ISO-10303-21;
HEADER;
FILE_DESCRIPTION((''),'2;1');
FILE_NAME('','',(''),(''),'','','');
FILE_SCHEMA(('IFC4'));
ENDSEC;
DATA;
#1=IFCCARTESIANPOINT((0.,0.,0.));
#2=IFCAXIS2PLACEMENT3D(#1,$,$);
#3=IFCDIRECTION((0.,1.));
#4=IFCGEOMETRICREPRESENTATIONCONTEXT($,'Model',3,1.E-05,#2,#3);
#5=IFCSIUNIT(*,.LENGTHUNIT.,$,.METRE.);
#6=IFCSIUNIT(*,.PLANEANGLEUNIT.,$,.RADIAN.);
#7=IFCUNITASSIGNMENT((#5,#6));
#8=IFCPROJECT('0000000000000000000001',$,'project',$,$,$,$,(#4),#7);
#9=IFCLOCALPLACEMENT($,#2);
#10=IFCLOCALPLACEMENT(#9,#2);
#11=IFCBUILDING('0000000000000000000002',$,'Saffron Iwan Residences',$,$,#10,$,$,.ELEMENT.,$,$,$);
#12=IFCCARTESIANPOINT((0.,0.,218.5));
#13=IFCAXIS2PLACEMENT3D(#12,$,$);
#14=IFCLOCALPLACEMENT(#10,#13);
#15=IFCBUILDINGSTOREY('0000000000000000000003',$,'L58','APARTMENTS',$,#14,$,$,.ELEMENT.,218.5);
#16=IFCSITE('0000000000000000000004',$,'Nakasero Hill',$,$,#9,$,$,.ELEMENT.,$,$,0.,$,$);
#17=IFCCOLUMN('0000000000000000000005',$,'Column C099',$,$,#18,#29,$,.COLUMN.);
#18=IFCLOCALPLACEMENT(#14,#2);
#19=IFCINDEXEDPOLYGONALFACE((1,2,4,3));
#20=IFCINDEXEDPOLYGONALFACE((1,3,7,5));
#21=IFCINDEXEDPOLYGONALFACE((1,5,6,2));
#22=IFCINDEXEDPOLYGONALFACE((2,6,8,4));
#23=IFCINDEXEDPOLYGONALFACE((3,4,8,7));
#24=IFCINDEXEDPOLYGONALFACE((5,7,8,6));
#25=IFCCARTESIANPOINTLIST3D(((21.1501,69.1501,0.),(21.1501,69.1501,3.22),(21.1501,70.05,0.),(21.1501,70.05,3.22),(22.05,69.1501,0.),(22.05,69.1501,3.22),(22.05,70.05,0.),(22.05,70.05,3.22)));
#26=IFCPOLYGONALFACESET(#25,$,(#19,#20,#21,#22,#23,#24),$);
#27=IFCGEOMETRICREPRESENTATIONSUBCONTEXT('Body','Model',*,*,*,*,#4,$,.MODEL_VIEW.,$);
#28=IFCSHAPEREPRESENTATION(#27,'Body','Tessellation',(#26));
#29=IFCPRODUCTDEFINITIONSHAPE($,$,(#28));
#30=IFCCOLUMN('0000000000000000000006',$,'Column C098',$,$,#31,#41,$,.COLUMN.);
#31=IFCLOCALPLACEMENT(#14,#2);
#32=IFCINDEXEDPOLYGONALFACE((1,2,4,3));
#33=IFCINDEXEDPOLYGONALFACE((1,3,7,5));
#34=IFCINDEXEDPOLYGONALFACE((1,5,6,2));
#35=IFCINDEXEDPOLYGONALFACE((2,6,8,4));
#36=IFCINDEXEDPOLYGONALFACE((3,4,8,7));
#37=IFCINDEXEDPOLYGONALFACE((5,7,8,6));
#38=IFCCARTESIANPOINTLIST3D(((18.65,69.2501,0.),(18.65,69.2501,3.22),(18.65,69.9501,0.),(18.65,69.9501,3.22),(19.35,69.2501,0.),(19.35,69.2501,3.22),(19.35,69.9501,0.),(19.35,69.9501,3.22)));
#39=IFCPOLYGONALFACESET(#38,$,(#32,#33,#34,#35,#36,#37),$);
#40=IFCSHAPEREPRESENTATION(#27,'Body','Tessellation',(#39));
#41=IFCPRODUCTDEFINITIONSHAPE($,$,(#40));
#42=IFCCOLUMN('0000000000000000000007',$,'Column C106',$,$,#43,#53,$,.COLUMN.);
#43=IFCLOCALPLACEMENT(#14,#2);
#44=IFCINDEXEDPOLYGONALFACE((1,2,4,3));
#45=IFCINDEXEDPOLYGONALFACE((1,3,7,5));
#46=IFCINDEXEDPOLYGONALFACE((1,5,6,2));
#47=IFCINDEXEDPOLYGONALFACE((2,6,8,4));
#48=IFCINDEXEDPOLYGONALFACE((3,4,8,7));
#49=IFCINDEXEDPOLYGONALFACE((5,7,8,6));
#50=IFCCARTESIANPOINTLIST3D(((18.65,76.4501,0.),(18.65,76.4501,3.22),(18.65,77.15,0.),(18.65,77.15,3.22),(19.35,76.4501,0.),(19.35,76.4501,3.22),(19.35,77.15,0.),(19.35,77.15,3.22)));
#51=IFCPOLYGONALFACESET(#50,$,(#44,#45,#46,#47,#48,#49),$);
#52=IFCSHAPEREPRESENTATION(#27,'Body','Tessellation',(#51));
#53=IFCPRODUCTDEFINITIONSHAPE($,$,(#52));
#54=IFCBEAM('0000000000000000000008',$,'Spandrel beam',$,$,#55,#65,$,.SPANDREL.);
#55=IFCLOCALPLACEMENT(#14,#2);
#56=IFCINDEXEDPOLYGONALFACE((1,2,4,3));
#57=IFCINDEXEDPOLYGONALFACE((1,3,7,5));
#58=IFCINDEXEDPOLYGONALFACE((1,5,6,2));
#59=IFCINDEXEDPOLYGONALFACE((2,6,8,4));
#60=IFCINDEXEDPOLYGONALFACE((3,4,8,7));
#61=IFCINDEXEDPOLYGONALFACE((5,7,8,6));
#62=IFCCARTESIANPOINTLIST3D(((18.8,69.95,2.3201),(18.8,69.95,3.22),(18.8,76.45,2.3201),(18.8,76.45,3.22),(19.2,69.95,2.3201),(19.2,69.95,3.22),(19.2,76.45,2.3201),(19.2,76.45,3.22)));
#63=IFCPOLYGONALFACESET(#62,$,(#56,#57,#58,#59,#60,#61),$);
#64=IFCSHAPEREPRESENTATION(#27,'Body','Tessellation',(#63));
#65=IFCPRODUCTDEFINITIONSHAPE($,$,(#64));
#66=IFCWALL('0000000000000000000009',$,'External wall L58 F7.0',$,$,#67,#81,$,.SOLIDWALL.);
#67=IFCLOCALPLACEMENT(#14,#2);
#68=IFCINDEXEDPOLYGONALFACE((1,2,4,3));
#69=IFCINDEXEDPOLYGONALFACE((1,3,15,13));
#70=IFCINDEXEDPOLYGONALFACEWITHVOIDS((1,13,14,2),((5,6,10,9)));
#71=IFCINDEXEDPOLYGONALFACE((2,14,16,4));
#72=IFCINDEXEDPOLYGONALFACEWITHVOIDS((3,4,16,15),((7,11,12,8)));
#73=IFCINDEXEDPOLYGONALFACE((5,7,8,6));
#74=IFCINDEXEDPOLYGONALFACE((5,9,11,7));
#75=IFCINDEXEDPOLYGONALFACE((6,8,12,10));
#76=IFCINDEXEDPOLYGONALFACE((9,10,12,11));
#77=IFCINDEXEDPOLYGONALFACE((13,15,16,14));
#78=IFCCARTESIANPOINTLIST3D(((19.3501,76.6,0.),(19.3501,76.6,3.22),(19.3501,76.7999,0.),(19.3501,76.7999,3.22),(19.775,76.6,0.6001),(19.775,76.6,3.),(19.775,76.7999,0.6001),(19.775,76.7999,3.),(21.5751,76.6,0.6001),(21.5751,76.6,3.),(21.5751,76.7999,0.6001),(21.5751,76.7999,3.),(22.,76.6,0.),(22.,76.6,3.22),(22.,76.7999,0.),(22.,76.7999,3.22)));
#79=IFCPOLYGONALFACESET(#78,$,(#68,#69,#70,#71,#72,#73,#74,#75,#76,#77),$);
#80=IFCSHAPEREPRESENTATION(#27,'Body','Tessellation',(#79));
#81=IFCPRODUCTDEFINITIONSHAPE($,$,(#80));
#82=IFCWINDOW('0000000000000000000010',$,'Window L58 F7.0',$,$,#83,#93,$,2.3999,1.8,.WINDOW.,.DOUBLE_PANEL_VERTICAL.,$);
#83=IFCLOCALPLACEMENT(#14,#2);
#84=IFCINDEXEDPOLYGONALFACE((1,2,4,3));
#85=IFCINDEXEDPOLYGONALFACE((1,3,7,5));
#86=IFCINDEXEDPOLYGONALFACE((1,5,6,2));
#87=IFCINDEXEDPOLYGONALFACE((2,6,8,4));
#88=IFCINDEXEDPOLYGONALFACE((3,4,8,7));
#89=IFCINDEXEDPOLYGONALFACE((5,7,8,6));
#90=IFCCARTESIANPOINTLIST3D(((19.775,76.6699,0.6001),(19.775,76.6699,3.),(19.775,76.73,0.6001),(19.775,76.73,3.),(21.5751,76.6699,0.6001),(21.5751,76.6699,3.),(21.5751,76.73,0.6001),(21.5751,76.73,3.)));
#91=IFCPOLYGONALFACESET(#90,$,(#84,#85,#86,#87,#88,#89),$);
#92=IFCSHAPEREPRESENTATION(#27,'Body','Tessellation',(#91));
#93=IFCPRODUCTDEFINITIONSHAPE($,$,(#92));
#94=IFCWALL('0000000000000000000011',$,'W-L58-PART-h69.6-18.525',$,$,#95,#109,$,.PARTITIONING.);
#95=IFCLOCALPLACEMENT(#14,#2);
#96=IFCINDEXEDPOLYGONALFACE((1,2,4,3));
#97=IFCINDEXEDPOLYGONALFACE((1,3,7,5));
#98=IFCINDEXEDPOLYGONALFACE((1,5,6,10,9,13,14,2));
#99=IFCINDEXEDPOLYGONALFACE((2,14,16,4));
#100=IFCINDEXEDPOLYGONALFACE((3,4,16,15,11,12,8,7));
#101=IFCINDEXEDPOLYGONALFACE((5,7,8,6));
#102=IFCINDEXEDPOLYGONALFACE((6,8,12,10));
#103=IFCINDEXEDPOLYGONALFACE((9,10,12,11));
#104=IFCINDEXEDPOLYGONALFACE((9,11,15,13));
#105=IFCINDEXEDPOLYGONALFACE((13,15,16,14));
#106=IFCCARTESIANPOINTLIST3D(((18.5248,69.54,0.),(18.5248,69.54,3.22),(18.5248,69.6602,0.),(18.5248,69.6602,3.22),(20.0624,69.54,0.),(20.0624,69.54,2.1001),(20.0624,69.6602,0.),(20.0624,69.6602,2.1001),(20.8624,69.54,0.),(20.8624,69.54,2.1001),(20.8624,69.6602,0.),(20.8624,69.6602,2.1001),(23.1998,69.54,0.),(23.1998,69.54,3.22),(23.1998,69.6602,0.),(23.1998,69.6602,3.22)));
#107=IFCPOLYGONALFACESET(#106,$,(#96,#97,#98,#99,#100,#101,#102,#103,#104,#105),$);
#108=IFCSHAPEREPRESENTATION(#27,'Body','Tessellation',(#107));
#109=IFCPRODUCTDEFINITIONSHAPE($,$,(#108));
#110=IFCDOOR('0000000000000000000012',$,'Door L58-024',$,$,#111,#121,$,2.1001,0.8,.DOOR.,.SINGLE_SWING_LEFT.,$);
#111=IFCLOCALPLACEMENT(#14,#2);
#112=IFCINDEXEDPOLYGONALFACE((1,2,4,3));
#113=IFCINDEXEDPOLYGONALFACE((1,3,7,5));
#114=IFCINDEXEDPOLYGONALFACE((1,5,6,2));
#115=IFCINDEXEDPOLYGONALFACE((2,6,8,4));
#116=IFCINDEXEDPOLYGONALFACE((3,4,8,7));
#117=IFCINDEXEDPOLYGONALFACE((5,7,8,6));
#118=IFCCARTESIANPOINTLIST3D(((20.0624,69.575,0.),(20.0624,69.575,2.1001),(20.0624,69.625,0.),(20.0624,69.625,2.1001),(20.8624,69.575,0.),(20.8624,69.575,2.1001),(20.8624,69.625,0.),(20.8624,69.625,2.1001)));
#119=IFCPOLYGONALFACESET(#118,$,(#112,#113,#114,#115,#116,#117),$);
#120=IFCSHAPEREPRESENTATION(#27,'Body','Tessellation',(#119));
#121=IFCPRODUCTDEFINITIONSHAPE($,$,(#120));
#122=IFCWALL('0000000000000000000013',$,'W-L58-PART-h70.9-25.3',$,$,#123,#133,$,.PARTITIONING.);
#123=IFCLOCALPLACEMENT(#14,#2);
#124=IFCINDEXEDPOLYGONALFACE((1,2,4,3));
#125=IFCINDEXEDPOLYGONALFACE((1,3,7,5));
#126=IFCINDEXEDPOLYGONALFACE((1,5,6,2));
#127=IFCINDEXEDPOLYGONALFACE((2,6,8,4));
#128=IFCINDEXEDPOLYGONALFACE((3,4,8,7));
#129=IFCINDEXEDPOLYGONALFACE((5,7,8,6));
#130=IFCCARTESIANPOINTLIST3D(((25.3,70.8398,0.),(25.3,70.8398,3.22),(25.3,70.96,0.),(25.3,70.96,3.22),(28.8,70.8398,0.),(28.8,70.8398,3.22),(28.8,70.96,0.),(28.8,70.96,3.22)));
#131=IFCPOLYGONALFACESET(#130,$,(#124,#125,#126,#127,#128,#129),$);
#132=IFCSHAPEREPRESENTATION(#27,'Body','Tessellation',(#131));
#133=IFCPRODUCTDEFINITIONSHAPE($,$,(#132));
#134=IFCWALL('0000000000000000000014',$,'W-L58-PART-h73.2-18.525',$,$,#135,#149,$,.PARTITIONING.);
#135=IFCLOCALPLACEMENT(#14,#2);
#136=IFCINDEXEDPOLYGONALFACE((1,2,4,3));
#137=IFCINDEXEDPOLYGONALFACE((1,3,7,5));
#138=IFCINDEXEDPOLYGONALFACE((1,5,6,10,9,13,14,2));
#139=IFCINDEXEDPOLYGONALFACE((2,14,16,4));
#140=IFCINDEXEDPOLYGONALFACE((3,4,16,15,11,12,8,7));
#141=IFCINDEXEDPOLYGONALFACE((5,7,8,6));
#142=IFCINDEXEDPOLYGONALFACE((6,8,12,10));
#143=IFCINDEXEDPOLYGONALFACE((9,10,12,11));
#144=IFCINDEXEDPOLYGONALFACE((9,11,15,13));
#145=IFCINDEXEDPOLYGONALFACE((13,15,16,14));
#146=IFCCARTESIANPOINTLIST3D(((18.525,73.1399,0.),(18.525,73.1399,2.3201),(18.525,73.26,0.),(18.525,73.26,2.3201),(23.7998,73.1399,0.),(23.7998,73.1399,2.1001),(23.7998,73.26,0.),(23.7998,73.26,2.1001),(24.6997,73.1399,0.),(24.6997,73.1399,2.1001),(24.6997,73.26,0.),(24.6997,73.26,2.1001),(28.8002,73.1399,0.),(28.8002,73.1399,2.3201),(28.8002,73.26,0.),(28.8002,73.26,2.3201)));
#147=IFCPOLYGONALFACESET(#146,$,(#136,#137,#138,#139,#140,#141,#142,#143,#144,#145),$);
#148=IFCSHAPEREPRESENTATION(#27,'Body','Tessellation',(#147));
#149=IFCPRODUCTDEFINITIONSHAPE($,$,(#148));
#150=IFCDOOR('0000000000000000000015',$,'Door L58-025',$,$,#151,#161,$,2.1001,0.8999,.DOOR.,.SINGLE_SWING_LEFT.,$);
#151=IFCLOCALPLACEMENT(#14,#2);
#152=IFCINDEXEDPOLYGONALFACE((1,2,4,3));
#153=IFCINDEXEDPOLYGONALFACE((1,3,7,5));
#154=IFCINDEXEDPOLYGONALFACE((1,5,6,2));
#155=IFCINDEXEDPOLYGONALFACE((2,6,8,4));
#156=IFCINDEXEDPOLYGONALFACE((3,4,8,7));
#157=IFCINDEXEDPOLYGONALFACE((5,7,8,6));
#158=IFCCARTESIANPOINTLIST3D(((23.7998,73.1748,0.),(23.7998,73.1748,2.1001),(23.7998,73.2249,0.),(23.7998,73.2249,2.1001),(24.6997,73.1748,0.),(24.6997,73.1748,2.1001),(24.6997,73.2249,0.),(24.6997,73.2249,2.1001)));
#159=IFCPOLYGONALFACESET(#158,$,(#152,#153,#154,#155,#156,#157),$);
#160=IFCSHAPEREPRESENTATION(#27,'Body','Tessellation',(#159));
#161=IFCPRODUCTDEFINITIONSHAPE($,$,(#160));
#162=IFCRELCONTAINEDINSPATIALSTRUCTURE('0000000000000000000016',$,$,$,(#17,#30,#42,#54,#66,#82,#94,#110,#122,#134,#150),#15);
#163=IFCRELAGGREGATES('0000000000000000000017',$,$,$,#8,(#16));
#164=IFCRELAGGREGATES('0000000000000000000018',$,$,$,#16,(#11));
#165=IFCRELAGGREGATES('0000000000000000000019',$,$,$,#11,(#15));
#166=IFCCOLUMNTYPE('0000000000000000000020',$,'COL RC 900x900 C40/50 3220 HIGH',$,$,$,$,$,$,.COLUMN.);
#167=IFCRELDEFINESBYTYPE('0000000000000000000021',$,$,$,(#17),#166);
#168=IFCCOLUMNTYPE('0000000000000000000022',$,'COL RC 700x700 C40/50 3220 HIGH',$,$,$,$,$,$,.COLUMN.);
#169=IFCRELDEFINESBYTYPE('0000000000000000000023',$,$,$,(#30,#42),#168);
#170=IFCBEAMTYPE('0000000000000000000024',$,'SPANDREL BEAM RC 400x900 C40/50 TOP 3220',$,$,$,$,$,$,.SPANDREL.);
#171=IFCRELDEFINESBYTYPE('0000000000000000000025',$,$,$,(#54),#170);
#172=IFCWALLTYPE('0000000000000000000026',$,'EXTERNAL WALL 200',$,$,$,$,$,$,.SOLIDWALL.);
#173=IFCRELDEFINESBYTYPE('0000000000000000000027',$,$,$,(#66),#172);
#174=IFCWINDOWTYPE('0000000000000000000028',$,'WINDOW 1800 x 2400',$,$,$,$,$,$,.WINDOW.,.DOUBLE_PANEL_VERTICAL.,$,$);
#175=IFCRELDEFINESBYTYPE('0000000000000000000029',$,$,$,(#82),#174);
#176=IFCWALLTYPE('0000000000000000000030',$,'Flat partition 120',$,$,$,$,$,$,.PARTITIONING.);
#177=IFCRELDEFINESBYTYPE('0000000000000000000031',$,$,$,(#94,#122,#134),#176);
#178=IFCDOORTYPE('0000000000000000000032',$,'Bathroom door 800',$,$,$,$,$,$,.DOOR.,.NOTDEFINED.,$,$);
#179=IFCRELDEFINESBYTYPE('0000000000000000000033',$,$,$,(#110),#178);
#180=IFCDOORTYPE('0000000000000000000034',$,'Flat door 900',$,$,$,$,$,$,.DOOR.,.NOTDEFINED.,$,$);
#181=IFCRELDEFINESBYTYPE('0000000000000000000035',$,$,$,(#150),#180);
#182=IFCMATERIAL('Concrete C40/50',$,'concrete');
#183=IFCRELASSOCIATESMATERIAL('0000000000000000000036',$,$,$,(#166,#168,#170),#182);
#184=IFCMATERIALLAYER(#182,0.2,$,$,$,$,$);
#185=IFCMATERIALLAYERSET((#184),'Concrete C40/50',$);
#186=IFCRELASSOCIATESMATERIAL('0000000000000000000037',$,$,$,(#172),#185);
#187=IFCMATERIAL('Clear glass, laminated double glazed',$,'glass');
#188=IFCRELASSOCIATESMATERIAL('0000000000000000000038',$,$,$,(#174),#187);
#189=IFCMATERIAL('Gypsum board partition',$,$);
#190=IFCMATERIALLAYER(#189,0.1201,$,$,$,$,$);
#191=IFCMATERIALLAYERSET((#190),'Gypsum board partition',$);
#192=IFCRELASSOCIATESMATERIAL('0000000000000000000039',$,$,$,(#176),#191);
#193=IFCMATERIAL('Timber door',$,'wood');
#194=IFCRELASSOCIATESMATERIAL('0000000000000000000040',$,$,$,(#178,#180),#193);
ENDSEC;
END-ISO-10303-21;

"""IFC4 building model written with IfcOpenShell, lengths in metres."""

from ifc_helpers import new_model, si_unit, direction, frame, frame_2d, origin, origin_2d, place, context, subcontext, project, spatial, rectangle, extrude, source, transform, mapped, material, layer, layer_set, material_profile, profile_set, type_object, element, fill, save


model = new_model("IFC4")

# Units and contexts
model_context = context("Model", 3, precision=1e-05, world=origin(), true_north=direction((0.0, 1.0)))
body_context = subcontext(model_context, "Body", "Model", "MODEL_VIEW")
ifc_project = project(units=[si_unit("LENGTHUNIT", "METRE"), si_unit("PLANEANGLEUNIT", "RADIAN")], contexts=[model_context])

# Site, building, storey
site_placement = place(None, origin())
site = spatial("IfcSite", under=ifc_project, at=site_placement, Name="Nakasero Hill", CompositionType="ELEMENT", RefElevation=0.0)
building_placement = place(site_placement, origin())
building = spatial("IfcBuilding", under=site, at=building_placement, Name="Saffron Iwan Residences", CompositionType="ELEMENT")
storey_placement = place(building_placement, frame((0.0, 0.0, 218.5)))
storey = spatial("IfcBuildingStorey", under=building, at=storey_placement, Name="L58", Description="APARTMENTS", CompositionType="ELEMENT", Elevation=218.5)

# Columns
ifc_material_1 = material(Name="Concrete C40/50", Category="concrete")
ifc_material_profile_1 = material_profile(ifc_material_1, rectangle(XDim=0.8999, YDim=0.8999, at=origin_2d()), Name="RC 900x900")
ifc_profile_set_1 = profile_set([ifc_material_profile_1], Name="Concrete C40/50")
column_type_1 = type_object("IfcColumnType", Name="COL RC 900x900 C40/50 3220 HIGH", PredefinedType="COLUMN", material=ifc_profile_set_1)
shared_shape_1 = source(origin(), body_context, "Body", "SweptSolid", [
    extrude(rectangle(XDim=0.8999, YDim=0.8999, at=origin_2d()), origin(), (0.0, 0.0, 1.0), 3.22),
])
column_placement = place(storey_placement, frame((21.6001, 69.6001, 0.0), z_axis=(0.0, 0.0, 1.0), x_axis=(1.0, 0.0, 0.0)))
element("IfcColumn", 1, at=column_placement, inside=storey, type_object=column_type_1, Name="Column C099", PredefinedType="COLUMN", context=body_context, shape_type="MappedRepresentation", body=[
    mapped(shared_shape_1, transform((0.0, 0.0, 0.0))),
])
ifc_material_profile_2 = material_profile(ifc_material_1, rectangle(XDim=0.7, YDim=0.7, at=origin_2d()), Name="RC 700x700")
ifc_profile_set_2 = profile_set([ifc_material_profile_2], Name="Concrete C40/50")
column_type_2 = type_object("IfcColumnType", Name="COL RC 700x700 C40/50 3220 HIGH", PredefinedType="COLUMN", material=ifc_profile_set_2)
shared_shape_2 = source(origin(), body_context, "Body", "SweptSolid", [
    extrude(rectangle(XDim=0.7, YDim=0.7, at=origin_2d()), origin(), (0.0, 0.0, 1.0), 3.22),
])
for number, where, z_axis, x_axis, name in (
    (2, (19.0, 69.6001, 0.0), (0.0, 0.0, 1.0), (1.0, 0.0, 0.0), "Column C098"),
    (3, (19.0, 76.8, 0.0), (0.0, 0.0, 1.0), (1.0, 0.0, 0.0), "Column C106"),
):
    element("IfcColumn", number, at=place(storey_placement, frame(where, z_axis=z_axis, x_axis=x_axis)), inside=storey, type_object=column_type_2, Name=name, PredefinedType="COLUMN", context=body_context, shape_type="MappedRepresentation", body=[
        mapped(shared_shape_2, transform((0.0, 0.0, 0.0))),
    ])

# Beam
ifc_material_profile_3 = material_profile(ifc_material_1, rectangle(XDim=0.3999, YDim=0.8999, at=origin_2d()), Name="RC 400x900")
ifc_profile_set_3 = profile_set([ifc_material_profile_3], Name="Concrete C40/50")
beam_type = type_object("IfcBeamType", Name="SPANDREL BEAM RC 400x900 C40/50 TOP 3220", PredefinedType="SPANDREL", material=ifc_profile_set_3)
shared_shape_3 = source(origin(), body_context, "Body", "SweptSolid", [
    extrude(rectangle(XDim=0.3999, YDim=0.8999, at=origin_2d()), origin(), (0.0, 0.0, 1.0), 6.5),
])
beam_placement = place(storey_placement, frame((19.0, 69.95, 2.77), z_axis=(0.0, 1.0, 0.0), x_axis=(-1.0, 0.0, 0.0)))
element("IfcBeam", 4, at=beam_placement, inside=storey, type_object=beam_type, Name="Spandrel beam", PredefinedType="SPANDREL", context=body_context, shape_type="MappedRepresentation", body=[
    mapped(shared_shape_3, transform((0.0, 0.0, 0.0))),
])

# Wall, opening, window
ifc_layer_1 = layer(ifc_material_1, 0.2)
ifc_layer_set_1 = layer_set([ifc_layer_1], Name="Concrete C40/50")
wall_type_1 = type_object("IfcWallType", Name="EXTERNAL WALL 200", PredefinedType="SOLIDWALL", material=ifc_layer_set_1)
wall_1_placement = place(storey_placement, frame((22.0, 76.7, 0.0), z_axis=(0.0, 0.0, 1.0), x_axis=(-1.0, 0.0, 0.0)))
wall_1 = element("IfcWall", 5, at=wall_1_placement, inside=storey, type_object=wall_type_1, Name="External wall L58 F7.0", PredefinedType="SOLIDWALL", context=body_context, shape_type="SweptSolid", body=[
    extrude(rectangle(XDim=2.6499, YDim=0.2, at=frame_2d((1.325, 0.0))), origin(), (0.0, 0.0, 1.0), 3.22),
])
opening_1_placement = place(wall_1_placement, frame((0.425, 0.0, 0.6001)))
opening_1 = element("IfcOpeningElement", 6, at=opening_1_placement, cuts=wall_1, PredefinedType="OPENING", context=body_context, shape_type="SweptSolid", body=[
    extrude(rectangle(XDim=1.8, YDim=2.3999, at=frame_2d((0.8999, 1.2))), frame((0.0, 0.1099, 0.0), z_axis=(0.0, -1.0, 0.0), x_axis=(1.0, 0.0, 0.0)), (0.0, 0.0, 1.0), 0.22),
])
ifc_material_2 = material(Name="Clear glass, laminated double glazed", Category="glass")
window_type_1 = type_object("IfcWindowType", Name="WINDOW 1800 x 2400", PartitioningType="DOUBLE_PANEL_VERTICAL", PredefinedType="WINDOW", material=ifc_material_2)
window_1_placement = place(opening_1_placement, origin())
window_1 = element("IfcWindow", 7, at=window_1_placement, inside=storey, type_object=window_type_1, Name="Window L58 F7.0", OverallHeight=2.3999, OverallWidth=1.8, PartitioningType="DOUBLE_PANEL_VERTICAL", PredefinedType="WINDOW", context=body_context, shape_type="SweptSolid", body=[
    extrude(rectangle(XDim=1.8, YDim=2.3999, at=frame_2d((0.8999, 1.2))), frame((0.0, 0.03, 0.0), z_axis=(0.0, -1.0, 0.0), x_axis=(1.0, 0.0, 0.0)), (0.0, 0.0, 1.0), 0.0601),
])
fill(opening_1, window_1)

# Wall, opening, door
ifc_material_3 = material(Name="Gypsum board partition")
ifc_layer_2 = layer(ifc_material_3, 0.1201)
ifc_layer_set_2 = layer_set([ifc_layer_2], Name="Gypsum board partition")
wall_type_2 = type_object("IfcWallType", Name="Flat partition 120", PredefinedType="PARTITIONING", material=ifc_layer_set_2)
wall_2_placement = place(storey_placement, frame((18.5249, 69.6001, 0.0), z_axis=(0.0, 0.0, 1.0), x_axis=(1.0, 0.0, 0.0)))
wall_2 = element("IfcWall", 8, at=wall_2_placement, inside=storey, type_object=wall_type_2, Name="W-L58-PART-h69.6-18.525", PredefinedType="PARTITIONING", context=body_context, shape_type="SweptSolid", body=[
    extrude(rectangle(XDim=4.675, YDim=0.1201, at=frame_2d((2.3374, 0.0))), origin(), (0.0, 0.0, 1.0), 3.22),
])
opening_2_placement = place(wall_2_placement, frame((1.5376, 0.0, 0.0)))
opening_2 = element("IfcOpeningElement", 9, at=opening_2_placement, cuts=wall_2, PredefinedType="OPENING", context=body_context, shape_type="SweptSolid", body=[
    extrude(rectangle(XDim=0.8, YDim=2.1001, at=frame_2d((0.3999, 1.05))), frame((0.0, 0.0701, 0.0), z_axis=(0.0, -1.0, 0.0), x_axis=(1.0, 0.0, 0.0)), (0.0, 0.0, 1.0), 0.1401),
])
ifc_material_4 = material(Name="Timber door", Category="wood")
door_type_1 = type_object("IfcDoorType", Name="Bathroom door 800", OperationType="NOTDEFINED", PredefinedType="DOOR", material=ifc_material_4)
door_1_placement = place(opening_2_placement, origin())
door_1 = element("IfcDoor", 10, at=door_1_placement, inside=storey, type_object=door_type_1, Name="Door L58-024", OperationType="SINGLE_SWING_LEFT", OverallHeight=2.1001, OverallWidth=0.8, PredefinedType="DOOR", context=body_context, shape_type="SweptSolid", body=[
    extrude(rectangle(XDim=0.8, YDim=2.1001, at=frame_2d((0.3999, 1.05))), frame((0.0, 0.0249, 0.0), z_axis=(0.0, -1.0, 0.0), x_axis=(1.0, 0.0, 0.0)), (0.0, 0.0, 1.0), 0.05),
])
fill(opening_2, door_1)

# Wall
wall_3_placement = place(storey_placement, frame((25.3, 70.8999, 0.0), z_axis=(0.0, 0.0, 1.0), x_axis=(1.0, 0.0, 0.0)))
element("IfcWall", 11, at=wall_3_placement, inside=storey, type_object=wall_type_2, Name="W-L58-PART-h70.9-25.3", PredefinedType="PARTITIONING", context=body_context, shape_type="SweptSolid", body=[
    extrude(rectangle(XDim=3.5, YDim=0.1201, at=frame_2d((1.75, 0.0))), origin(), (0.0, 0.0, 1.0), 3.22),
])

# Wall, opening, door
wall_4_placement = place(storey_placement, frame((18.5249, 73.2, 0.0), z_axis=(0.0, 0.0, 1.0), x_axis=(1.0, 0.0, 0.0)))
wall_4 = element("IfcWall", 12, at=wall_4_placement, inside=storey, type_object=wall_type_2, Name="W-L58-PART-h73.2-18.525", PredefinedType="PARTITIONING", context=body_context, shape_type="SweptSolid", body=[
    extrude(rectangle(XDim=10.2751, YDim=0.1201, at=frame_2d((5.1377, 0.0))), origin(), (0.0, 0.0, 1.0), 2.3201),
])
opening_3_placement = place(wall_4_placement, frame((5.2749, 0.0, 0.0)))
opening_3 = element("IfcOpeningElement", 13, at=opening_3_placement, cuts=wall_4, PredefinedType="OPENING", context=body_context, shape_type="SweptSolid", body=[
    extrude(rectangle(XDim=0.8999, YDim=2.1001, at=frame_2d((0.45, 1.05))), frame((0.0, 0.0701, 0.0), z_axis=(0.0, -1.0, 0.0), x_axis=(1.0, 0.0, 0.0)), (0.0, 0.0, 1.0), 0.1401),
])
door_type_2 = type_object("IfcDoorType", Name="Flat door 900", OperationType="NOTDEFINED", PredefinedType="DOOR", material=ifc_material_4)
door_2_placement = place(opening_3_placement, origin())
door_2 = element("IfcDoor", 14, at=door_2_placement, inside=storey, type_object=door_type_2, Name="Door L58-025", OperationType="SINGLE_SWING_LEFT", OverallHeight=2.1001, OverallWidth=0.8999, PredefinedType="DOOR", context=body_context, shape_type="SweptSolid", body=[
    extrude(rectangle(XDim=0.8999, YDim=2.1001, at=frame_2d((0.45, 1.05))), frame((0.0, 0.0249, 0.0), z_axis=(0.0, -1.0, 0.0), x_axis=(1.0, 0.0, 0.0)), (0.0, 0.0, 1.0), 0.05),
])
fill(opening_3, door_2)

save(model, "model.ifc")
